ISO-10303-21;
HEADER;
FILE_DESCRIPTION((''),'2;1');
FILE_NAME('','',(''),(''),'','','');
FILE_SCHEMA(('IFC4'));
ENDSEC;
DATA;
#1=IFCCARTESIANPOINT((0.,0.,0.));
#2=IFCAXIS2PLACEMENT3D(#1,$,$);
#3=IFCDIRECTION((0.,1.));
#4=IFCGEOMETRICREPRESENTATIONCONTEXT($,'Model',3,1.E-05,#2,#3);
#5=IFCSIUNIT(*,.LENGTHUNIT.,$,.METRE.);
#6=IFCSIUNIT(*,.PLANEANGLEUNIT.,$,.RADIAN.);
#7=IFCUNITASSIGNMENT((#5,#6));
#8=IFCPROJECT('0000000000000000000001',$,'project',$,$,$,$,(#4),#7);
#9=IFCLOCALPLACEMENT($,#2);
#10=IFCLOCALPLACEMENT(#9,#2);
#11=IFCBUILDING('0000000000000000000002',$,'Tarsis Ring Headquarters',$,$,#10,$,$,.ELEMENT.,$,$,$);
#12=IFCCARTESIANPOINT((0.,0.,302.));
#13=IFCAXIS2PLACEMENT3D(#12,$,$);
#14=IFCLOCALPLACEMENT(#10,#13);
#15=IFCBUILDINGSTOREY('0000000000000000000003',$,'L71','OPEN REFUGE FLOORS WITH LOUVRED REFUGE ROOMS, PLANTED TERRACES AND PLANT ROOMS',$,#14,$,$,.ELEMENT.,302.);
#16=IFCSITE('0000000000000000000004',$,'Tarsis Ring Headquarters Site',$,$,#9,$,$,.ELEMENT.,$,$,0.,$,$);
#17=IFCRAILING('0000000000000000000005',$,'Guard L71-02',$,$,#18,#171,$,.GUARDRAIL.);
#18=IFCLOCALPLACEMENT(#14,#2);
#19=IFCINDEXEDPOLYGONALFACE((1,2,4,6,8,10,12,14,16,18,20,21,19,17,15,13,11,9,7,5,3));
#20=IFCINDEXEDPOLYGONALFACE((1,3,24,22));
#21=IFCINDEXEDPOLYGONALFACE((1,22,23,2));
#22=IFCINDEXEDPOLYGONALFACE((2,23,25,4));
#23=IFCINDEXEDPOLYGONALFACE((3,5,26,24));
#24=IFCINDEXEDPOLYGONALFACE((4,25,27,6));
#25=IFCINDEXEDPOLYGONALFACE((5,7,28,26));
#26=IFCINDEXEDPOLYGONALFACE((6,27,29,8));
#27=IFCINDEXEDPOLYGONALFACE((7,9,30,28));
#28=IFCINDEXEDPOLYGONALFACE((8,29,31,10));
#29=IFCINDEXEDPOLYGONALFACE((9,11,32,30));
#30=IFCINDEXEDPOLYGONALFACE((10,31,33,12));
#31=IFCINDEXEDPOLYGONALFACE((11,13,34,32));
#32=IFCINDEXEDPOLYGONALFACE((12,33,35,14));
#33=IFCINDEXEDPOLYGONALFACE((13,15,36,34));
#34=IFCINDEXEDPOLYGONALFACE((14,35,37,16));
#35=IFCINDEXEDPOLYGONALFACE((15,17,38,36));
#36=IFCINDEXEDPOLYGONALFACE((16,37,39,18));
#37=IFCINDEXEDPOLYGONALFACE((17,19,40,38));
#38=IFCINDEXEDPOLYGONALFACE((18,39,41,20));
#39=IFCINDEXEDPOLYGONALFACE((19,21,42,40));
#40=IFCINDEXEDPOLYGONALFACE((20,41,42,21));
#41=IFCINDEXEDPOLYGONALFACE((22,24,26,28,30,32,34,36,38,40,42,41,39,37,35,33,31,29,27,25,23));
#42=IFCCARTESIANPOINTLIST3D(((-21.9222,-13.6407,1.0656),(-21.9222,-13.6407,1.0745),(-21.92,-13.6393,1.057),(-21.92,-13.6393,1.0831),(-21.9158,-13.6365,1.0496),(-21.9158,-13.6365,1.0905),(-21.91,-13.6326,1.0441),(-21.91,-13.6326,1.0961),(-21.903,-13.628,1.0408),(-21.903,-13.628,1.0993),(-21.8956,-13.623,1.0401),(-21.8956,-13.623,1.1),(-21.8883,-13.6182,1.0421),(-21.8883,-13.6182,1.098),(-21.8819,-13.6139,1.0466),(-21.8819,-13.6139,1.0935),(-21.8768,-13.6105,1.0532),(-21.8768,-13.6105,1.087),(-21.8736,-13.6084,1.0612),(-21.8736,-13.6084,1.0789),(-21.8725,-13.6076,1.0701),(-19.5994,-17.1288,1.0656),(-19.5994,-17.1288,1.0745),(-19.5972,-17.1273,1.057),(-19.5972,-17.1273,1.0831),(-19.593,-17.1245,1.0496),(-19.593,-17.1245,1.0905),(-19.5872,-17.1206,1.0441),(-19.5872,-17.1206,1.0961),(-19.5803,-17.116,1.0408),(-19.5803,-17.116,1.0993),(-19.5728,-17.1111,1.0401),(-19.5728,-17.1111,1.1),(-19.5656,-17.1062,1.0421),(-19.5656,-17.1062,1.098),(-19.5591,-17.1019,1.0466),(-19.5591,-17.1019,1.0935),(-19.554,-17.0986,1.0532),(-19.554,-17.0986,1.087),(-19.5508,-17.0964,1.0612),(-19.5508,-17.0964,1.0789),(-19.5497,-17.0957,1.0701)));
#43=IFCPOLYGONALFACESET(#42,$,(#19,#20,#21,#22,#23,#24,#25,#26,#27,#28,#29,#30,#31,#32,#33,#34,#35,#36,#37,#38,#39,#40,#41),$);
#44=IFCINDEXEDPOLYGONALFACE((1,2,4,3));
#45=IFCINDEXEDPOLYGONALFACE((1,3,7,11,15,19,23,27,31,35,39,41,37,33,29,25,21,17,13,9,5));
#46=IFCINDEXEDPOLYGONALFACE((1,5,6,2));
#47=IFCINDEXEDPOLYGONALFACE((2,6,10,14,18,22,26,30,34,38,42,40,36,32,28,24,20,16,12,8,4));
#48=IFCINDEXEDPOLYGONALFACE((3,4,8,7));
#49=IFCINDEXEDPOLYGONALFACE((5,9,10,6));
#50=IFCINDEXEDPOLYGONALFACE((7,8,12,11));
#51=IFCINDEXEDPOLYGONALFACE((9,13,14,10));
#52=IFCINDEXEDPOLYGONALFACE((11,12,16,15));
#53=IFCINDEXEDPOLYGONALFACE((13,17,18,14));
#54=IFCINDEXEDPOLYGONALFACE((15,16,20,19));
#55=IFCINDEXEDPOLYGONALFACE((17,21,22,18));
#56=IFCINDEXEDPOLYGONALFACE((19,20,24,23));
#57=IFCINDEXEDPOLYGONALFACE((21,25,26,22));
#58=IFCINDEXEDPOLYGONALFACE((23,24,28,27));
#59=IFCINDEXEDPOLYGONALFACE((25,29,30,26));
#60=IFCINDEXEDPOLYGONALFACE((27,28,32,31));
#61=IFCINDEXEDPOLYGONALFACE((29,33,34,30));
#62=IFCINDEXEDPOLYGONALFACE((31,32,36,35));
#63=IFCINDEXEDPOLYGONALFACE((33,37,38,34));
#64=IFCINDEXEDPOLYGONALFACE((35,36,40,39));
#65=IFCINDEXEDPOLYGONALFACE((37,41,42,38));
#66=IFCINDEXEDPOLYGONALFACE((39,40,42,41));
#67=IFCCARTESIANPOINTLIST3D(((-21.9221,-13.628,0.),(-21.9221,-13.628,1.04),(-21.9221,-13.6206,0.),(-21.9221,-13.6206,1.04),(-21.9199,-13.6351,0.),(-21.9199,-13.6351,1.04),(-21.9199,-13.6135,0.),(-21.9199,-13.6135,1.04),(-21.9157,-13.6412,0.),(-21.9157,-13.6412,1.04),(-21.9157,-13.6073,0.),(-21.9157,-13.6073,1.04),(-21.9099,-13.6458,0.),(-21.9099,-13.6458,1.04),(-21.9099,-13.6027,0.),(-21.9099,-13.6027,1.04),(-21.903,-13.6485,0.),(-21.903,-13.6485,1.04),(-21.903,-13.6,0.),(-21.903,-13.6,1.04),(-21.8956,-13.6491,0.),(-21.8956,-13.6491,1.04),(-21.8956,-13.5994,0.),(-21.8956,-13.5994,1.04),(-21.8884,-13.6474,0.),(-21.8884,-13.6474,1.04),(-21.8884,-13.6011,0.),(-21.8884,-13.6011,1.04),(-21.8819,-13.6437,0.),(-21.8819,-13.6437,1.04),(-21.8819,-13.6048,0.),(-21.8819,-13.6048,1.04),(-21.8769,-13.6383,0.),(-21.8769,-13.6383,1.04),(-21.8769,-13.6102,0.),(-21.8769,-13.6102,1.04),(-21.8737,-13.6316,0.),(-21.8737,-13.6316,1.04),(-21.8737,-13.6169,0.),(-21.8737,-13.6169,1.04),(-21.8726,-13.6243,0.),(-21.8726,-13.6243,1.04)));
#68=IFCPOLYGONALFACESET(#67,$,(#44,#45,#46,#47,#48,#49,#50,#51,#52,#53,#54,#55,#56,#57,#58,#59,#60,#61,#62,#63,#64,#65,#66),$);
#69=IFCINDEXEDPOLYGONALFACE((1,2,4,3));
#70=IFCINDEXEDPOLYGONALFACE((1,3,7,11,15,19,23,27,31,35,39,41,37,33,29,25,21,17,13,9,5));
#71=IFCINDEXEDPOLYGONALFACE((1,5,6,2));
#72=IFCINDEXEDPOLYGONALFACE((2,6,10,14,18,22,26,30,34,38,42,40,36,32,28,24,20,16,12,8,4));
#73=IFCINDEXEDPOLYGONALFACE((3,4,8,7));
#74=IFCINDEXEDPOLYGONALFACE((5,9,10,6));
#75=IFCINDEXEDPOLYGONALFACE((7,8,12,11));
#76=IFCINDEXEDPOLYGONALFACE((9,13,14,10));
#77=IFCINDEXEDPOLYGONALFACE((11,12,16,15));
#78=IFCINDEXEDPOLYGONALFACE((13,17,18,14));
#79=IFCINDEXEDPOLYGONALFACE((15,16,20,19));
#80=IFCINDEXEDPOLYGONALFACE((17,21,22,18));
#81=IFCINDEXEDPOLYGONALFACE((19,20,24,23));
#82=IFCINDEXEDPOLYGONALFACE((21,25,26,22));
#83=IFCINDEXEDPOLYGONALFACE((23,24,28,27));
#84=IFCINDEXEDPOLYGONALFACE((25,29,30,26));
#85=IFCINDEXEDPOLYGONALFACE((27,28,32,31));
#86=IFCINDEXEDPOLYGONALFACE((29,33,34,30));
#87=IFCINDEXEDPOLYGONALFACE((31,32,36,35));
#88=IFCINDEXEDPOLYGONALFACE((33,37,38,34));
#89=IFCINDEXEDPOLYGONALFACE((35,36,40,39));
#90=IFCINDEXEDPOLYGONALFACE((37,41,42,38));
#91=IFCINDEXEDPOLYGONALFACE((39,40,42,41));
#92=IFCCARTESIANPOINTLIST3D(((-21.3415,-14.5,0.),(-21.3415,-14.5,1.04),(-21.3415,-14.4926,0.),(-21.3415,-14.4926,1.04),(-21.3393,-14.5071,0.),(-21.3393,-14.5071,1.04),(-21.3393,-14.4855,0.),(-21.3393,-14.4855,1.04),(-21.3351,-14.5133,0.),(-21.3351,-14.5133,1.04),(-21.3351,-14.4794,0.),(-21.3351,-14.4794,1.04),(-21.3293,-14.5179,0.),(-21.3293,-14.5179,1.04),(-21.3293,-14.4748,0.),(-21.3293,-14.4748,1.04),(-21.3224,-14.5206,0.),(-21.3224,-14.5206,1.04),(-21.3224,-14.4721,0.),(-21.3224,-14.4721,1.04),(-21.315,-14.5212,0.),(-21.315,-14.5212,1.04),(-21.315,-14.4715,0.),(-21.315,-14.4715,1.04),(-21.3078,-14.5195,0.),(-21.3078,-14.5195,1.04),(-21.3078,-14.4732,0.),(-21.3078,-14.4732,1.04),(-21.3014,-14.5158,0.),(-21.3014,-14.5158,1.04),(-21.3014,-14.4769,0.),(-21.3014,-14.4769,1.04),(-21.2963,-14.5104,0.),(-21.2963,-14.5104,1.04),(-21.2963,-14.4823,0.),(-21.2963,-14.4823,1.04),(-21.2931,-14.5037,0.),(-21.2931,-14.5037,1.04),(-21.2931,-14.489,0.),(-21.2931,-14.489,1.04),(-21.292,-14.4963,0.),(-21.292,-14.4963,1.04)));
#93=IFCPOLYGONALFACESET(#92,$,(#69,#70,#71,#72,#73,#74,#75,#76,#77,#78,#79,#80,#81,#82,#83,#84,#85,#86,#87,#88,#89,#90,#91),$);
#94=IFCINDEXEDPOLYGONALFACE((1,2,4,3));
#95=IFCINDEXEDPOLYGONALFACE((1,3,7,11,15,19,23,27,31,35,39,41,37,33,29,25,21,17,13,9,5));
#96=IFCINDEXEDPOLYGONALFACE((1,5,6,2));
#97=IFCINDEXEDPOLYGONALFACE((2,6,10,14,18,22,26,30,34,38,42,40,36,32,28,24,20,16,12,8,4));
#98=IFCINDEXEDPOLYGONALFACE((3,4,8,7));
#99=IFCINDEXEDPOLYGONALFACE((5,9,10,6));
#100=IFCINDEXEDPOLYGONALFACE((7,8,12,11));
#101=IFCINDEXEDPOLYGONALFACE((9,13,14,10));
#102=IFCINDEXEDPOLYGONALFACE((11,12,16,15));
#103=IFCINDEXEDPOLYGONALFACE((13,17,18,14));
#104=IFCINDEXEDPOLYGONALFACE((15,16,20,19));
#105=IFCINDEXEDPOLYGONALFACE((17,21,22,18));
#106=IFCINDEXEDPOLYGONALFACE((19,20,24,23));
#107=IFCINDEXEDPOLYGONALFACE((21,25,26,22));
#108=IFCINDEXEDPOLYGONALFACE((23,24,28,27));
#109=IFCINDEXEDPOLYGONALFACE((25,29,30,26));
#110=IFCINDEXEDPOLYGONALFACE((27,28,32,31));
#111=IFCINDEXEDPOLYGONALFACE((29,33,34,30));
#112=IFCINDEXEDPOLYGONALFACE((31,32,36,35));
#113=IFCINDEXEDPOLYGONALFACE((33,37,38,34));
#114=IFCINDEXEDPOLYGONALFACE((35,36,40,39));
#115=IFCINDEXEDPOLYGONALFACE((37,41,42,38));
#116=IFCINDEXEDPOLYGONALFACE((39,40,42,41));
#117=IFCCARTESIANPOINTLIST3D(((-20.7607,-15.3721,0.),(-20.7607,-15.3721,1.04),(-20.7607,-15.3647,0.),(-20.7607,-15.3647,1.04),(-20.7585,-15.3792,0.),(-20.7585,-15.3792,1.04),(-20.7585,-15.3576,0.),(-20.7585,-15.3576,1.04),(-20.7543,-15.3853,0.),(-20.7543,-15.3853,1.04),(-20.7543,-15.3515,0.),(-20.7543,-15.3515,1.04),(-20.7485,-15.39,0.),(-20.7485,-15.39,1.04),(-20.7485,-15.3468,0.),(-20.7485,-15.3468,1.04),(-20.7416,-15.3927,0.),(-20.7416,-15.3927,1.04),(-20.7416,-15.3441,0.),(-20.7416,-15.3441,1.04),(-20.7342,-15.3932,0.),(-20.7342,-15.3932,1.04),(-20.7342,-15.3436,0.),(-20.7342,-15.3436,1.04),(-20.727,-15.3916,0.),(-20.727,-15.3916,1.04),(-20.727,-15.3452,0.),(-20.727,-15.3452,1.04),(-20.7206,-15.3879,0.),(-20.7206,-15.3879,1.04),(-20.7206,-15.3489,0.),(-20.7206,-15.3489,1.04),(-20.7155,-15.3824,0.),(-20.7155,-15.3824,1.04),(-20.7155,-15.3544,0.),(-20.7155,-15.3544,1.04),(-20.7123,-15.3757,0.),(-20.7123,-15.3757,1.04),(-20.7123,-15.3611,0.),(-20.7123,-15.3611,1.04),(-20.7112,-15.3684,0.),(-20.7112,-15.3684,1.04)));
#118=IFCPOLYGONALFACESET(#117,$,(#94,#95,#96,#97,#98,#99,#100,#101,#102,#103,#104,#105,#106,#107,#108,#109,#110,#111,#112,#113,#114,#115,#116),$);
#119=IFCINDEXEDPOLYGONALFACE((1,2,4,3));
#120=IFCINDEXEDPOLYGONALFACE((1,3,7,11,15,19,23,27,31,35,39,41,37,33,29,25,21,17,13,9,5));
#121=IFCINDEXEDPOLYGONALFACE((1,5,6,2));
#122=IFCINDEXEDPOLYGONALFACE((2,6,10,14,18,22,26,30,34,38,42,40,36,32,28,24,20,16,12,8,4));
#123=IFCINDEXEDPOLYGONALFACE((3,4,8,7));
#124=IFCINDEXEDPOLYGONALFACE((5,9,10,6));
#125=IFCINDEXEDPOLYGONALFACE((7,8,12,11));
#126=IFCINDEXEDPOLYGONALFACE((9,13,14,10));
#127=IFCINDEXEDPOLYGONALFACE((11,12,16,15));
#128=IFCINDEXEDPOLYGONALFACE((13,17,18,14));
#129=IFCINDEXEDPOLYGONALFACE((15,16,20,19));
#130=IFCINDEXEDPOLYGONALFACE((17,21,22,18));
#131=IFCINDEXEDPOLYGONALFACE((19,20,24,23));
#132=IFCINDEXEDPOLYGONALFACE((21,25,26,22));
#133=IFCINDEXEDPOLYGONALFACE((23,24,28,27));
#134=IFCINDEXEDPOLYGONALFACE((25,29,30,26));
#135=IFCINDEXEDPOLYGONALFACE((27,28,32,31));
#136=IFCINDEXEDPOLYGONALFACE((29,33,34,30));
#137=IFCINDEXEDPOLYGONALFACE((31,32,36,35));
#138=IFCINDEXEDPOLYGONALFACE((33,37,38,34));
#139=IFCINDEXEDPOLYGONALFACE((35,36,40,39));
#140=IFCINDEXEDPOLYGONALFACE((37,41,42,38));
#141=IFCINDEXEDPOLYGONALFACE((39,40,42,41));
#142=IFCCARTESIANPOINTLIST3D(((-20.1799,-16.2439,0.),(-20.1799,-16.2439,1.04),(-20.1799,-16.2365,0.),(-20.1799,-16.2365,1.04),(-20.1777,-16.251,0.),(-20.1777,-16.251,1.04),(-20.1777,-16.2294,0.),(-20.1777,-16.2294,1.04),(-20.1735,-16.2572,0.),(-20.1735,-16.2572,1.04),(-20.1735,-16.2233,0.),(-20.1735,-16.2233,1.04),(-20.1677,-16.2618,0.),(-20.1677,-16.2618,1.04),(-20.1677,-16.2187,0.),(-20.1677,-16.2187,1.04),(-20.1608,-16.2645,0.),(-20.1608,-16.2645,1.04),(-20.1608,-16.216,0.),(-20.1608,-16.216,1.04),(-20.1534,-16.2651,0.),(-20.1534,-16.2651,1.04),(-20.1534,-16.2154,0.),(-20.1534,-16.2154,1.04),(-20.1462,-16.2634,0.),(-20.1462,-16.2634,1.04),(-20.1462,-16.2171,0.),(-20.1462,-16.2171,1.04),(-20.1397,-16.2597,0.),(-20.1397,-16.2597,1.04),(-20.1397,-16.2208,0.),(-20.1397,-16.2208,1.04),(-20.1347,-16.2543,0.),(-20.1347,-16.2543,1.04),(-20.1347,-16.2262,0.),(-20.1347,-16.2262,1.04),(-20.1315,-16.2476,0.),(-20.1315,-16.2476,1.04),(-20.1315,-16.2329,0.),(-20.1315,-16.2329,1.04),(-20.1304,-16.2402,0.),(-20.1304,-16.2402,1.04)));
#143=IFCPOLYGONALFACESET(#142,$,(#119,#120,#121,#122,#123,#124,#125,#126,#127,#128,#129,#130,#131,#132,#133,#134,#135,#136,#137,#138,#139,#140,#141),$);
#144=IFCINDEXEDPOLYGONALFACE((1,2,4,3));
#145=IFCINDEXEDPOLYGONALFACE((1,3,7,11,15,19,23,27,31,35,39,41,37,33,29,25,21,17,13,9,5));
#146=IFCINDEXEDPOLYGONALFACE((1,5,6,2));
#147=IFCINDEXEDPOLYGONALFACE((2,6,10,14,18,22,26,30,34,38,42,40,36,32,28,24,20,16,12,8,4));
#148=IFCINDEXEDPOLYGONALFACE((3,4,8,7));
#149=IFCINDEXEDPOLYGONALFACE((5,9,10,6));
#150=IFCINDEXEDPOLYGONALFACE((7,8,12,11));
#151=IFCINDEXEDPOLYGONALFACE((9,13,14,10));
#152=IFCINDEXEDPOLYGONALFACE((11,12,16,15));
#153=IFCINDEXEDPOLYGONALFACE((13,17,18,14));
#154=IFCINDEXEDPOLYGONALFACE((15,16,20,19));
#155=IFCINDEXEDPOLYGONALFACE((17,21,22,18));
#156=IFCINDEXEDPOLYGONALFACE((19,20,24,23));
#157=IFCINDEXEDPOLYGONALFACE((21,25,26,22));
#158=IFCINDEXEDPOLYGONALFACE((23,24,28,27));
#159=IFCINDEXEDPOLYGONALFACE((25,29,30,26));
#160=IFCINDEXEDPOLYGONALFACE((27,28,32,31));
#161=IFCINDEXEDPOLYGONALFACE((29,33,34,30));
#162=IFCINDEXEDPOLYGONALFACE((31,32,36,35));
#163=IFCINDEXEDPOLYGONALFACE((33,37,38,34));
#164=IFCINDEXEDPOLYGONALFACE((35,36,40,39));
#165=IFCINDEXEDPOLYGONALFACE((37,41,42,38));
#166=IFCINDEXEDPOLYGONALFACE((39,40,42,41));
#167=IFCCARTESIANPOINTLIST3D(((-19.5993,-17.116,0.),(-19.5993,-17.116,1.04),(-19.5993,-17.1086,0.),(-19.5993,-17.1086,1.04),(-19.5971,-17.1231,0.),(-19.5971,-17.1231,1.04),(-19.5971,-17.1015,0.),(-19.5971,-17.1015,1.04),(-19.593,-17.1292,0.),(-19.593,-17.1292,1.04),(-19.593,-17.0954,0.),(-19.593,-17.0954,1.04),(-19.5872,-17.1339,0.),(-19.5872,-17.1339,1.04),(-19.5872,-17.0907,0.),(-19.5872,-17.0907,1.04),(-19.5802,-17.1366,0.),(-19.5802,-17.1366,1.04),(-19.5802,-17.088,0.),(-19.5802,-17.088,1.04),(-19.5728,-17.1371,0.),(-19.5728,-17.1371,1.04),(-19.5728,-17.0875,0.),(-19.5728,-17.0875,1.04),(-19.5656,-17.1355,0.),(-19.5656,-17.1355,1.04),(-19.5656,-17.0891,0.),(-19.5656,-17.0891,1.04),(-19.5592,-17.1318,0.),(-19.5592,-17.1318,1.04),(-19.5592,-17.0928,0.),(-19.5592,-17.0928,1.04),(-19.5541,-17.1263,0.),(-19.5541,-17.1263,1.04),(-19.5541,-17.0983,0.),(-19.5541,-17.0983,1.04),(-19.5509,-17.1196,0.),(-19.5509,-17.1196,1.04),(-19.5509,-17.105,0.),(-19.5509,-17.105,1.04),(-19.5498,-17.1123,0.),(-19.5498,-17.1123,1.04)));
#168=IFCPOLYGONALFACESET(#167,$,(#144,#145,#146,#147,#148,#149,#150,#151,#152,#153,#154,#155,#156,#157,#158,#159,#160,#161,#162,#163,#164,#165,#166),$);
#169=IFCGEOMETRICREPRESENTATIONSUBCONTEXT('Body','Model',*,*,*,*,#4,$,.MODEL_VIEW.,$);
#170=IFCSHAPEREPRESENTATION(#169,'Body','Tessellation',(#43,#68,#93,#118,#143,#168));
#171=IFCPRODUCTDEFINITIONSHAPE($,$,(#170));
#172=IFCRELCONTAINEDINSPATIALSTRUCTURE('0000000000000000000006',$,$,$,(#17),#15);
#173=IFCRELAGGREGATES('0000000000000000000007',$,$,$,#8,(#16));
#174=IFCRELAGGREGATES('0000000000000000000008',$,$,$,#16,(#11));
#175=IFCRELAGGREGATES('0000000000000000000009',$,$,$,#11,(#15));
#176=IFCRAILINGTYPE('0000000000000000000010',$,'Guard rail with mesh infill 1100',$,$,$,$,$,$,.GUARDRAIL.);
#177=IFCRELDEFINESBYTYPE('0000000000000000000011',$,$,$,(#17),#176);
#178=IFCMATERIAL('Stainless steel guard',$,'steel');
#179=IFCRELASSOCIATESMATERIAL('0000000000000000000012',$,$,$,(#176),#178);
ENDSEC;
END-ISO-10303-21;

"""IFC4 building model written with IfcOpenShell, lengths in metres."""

from ifc_helpers import new_model, si_unit, direction, frame, origin, origin_2d, place, context, subcontext, project, spatial, circle, extrude, material, type_object, element, save


model = new_model("IFC4")

# Units and contexts
model_context = context("Model", 3, precision=1e-05, world=origin(), true_north=direction((0.0, 1.0)))
body_context = subcontext(model_context, "Body", "Model", "MODEL_VIEW")
ifc_project = project(units=[si_unit("LENGTHUNIT", "METRE"), si_unit("PLANEANGLEUNIT", "RADIAN")], contexts=[model_context])

# Site, building, storey
site_placement = place(None, origin())
site = spatial("IfcSite", under=ifc_project, at=site_placement, Name="Tarsis Ring Headquarters Site", CompositionType="ELEMENT", RefElevation=0.0)
building_placement = place(site_placement, origin())
building = spatial("IfcBuilding", under=site, at=building_placement, Name="Tarsis Ring Headquarters", CompositionType="ELEMENT")
storey_placement = place(building_placement, frame((0.0, 0.0, 302.0)))
storey = spatial("IfcBuildingStorey", under=building, at=storey_placement, Name="L71", Description="OPEN REFUGE FLOORS WITH LOUVRED REFUGE ROOMS, PLANTED TERRACES AND PLANT ROOMS", CompositionType="ELEMENT", Elevation=302.0)

# Railing
ifc_material_1 = material(Name="Stainless steel guard", Category="steel")
railing_type = type_object("IfcRailingType", Name="Guard rail with mesh infill 1100", PredefinedType="GUARDRAIL", material=ifc_material_1)
railing_1_placement = place(storey_placement, frame((-21.8975, -13.6243, 0.0)))
element("IfcRailing", 1, at=railing_1_placement, inside=storey, type_object=railing_type, Name="Guard L71-02", PredefinedType="GUARDRAIL", context=body_context, shape_type="SweptSolid", body=[
    extrude(circle(Radius=0.03, at=origin_2d()), frame((0.0, 0.0, 1.0701), z_axis=(0.55427, -0.832337, 0.0), x_axis=(0.832337, 0.55427, 0.0)), (0.0, 0.0, 1.0), 4.1907),
    extrude(circle(Radius=0.0249, at=origin_2d()), origin(), (0.0, 0.0, 1.0), 1.04),
    extrude(circle(Radius=0.0249, at=origin_2d()), frame((0.5806, -0.8721, 0.0)), (0.0, 0.0, 1.0), 1.04),
    extrude(circle(Radius=0.0249, at=origin_2d()), frame((1.1614, -1.7441, 0.0)), (0.0, 0.0, 1.0), 1.04),
    extrude(circle(Radius=0.0249, at=origin_2d()), frame((1.7422, -2.616, 0.0)), (0.0, 0.0, 1.0), 1.04),
    extrude(circle(Radius=0.0249, at=origin_2d()), frame((2.3228, -3.488, 0.0)), (0.0, 0.0, 1.0), 1.04),
])

save(model, "model.ifc")
